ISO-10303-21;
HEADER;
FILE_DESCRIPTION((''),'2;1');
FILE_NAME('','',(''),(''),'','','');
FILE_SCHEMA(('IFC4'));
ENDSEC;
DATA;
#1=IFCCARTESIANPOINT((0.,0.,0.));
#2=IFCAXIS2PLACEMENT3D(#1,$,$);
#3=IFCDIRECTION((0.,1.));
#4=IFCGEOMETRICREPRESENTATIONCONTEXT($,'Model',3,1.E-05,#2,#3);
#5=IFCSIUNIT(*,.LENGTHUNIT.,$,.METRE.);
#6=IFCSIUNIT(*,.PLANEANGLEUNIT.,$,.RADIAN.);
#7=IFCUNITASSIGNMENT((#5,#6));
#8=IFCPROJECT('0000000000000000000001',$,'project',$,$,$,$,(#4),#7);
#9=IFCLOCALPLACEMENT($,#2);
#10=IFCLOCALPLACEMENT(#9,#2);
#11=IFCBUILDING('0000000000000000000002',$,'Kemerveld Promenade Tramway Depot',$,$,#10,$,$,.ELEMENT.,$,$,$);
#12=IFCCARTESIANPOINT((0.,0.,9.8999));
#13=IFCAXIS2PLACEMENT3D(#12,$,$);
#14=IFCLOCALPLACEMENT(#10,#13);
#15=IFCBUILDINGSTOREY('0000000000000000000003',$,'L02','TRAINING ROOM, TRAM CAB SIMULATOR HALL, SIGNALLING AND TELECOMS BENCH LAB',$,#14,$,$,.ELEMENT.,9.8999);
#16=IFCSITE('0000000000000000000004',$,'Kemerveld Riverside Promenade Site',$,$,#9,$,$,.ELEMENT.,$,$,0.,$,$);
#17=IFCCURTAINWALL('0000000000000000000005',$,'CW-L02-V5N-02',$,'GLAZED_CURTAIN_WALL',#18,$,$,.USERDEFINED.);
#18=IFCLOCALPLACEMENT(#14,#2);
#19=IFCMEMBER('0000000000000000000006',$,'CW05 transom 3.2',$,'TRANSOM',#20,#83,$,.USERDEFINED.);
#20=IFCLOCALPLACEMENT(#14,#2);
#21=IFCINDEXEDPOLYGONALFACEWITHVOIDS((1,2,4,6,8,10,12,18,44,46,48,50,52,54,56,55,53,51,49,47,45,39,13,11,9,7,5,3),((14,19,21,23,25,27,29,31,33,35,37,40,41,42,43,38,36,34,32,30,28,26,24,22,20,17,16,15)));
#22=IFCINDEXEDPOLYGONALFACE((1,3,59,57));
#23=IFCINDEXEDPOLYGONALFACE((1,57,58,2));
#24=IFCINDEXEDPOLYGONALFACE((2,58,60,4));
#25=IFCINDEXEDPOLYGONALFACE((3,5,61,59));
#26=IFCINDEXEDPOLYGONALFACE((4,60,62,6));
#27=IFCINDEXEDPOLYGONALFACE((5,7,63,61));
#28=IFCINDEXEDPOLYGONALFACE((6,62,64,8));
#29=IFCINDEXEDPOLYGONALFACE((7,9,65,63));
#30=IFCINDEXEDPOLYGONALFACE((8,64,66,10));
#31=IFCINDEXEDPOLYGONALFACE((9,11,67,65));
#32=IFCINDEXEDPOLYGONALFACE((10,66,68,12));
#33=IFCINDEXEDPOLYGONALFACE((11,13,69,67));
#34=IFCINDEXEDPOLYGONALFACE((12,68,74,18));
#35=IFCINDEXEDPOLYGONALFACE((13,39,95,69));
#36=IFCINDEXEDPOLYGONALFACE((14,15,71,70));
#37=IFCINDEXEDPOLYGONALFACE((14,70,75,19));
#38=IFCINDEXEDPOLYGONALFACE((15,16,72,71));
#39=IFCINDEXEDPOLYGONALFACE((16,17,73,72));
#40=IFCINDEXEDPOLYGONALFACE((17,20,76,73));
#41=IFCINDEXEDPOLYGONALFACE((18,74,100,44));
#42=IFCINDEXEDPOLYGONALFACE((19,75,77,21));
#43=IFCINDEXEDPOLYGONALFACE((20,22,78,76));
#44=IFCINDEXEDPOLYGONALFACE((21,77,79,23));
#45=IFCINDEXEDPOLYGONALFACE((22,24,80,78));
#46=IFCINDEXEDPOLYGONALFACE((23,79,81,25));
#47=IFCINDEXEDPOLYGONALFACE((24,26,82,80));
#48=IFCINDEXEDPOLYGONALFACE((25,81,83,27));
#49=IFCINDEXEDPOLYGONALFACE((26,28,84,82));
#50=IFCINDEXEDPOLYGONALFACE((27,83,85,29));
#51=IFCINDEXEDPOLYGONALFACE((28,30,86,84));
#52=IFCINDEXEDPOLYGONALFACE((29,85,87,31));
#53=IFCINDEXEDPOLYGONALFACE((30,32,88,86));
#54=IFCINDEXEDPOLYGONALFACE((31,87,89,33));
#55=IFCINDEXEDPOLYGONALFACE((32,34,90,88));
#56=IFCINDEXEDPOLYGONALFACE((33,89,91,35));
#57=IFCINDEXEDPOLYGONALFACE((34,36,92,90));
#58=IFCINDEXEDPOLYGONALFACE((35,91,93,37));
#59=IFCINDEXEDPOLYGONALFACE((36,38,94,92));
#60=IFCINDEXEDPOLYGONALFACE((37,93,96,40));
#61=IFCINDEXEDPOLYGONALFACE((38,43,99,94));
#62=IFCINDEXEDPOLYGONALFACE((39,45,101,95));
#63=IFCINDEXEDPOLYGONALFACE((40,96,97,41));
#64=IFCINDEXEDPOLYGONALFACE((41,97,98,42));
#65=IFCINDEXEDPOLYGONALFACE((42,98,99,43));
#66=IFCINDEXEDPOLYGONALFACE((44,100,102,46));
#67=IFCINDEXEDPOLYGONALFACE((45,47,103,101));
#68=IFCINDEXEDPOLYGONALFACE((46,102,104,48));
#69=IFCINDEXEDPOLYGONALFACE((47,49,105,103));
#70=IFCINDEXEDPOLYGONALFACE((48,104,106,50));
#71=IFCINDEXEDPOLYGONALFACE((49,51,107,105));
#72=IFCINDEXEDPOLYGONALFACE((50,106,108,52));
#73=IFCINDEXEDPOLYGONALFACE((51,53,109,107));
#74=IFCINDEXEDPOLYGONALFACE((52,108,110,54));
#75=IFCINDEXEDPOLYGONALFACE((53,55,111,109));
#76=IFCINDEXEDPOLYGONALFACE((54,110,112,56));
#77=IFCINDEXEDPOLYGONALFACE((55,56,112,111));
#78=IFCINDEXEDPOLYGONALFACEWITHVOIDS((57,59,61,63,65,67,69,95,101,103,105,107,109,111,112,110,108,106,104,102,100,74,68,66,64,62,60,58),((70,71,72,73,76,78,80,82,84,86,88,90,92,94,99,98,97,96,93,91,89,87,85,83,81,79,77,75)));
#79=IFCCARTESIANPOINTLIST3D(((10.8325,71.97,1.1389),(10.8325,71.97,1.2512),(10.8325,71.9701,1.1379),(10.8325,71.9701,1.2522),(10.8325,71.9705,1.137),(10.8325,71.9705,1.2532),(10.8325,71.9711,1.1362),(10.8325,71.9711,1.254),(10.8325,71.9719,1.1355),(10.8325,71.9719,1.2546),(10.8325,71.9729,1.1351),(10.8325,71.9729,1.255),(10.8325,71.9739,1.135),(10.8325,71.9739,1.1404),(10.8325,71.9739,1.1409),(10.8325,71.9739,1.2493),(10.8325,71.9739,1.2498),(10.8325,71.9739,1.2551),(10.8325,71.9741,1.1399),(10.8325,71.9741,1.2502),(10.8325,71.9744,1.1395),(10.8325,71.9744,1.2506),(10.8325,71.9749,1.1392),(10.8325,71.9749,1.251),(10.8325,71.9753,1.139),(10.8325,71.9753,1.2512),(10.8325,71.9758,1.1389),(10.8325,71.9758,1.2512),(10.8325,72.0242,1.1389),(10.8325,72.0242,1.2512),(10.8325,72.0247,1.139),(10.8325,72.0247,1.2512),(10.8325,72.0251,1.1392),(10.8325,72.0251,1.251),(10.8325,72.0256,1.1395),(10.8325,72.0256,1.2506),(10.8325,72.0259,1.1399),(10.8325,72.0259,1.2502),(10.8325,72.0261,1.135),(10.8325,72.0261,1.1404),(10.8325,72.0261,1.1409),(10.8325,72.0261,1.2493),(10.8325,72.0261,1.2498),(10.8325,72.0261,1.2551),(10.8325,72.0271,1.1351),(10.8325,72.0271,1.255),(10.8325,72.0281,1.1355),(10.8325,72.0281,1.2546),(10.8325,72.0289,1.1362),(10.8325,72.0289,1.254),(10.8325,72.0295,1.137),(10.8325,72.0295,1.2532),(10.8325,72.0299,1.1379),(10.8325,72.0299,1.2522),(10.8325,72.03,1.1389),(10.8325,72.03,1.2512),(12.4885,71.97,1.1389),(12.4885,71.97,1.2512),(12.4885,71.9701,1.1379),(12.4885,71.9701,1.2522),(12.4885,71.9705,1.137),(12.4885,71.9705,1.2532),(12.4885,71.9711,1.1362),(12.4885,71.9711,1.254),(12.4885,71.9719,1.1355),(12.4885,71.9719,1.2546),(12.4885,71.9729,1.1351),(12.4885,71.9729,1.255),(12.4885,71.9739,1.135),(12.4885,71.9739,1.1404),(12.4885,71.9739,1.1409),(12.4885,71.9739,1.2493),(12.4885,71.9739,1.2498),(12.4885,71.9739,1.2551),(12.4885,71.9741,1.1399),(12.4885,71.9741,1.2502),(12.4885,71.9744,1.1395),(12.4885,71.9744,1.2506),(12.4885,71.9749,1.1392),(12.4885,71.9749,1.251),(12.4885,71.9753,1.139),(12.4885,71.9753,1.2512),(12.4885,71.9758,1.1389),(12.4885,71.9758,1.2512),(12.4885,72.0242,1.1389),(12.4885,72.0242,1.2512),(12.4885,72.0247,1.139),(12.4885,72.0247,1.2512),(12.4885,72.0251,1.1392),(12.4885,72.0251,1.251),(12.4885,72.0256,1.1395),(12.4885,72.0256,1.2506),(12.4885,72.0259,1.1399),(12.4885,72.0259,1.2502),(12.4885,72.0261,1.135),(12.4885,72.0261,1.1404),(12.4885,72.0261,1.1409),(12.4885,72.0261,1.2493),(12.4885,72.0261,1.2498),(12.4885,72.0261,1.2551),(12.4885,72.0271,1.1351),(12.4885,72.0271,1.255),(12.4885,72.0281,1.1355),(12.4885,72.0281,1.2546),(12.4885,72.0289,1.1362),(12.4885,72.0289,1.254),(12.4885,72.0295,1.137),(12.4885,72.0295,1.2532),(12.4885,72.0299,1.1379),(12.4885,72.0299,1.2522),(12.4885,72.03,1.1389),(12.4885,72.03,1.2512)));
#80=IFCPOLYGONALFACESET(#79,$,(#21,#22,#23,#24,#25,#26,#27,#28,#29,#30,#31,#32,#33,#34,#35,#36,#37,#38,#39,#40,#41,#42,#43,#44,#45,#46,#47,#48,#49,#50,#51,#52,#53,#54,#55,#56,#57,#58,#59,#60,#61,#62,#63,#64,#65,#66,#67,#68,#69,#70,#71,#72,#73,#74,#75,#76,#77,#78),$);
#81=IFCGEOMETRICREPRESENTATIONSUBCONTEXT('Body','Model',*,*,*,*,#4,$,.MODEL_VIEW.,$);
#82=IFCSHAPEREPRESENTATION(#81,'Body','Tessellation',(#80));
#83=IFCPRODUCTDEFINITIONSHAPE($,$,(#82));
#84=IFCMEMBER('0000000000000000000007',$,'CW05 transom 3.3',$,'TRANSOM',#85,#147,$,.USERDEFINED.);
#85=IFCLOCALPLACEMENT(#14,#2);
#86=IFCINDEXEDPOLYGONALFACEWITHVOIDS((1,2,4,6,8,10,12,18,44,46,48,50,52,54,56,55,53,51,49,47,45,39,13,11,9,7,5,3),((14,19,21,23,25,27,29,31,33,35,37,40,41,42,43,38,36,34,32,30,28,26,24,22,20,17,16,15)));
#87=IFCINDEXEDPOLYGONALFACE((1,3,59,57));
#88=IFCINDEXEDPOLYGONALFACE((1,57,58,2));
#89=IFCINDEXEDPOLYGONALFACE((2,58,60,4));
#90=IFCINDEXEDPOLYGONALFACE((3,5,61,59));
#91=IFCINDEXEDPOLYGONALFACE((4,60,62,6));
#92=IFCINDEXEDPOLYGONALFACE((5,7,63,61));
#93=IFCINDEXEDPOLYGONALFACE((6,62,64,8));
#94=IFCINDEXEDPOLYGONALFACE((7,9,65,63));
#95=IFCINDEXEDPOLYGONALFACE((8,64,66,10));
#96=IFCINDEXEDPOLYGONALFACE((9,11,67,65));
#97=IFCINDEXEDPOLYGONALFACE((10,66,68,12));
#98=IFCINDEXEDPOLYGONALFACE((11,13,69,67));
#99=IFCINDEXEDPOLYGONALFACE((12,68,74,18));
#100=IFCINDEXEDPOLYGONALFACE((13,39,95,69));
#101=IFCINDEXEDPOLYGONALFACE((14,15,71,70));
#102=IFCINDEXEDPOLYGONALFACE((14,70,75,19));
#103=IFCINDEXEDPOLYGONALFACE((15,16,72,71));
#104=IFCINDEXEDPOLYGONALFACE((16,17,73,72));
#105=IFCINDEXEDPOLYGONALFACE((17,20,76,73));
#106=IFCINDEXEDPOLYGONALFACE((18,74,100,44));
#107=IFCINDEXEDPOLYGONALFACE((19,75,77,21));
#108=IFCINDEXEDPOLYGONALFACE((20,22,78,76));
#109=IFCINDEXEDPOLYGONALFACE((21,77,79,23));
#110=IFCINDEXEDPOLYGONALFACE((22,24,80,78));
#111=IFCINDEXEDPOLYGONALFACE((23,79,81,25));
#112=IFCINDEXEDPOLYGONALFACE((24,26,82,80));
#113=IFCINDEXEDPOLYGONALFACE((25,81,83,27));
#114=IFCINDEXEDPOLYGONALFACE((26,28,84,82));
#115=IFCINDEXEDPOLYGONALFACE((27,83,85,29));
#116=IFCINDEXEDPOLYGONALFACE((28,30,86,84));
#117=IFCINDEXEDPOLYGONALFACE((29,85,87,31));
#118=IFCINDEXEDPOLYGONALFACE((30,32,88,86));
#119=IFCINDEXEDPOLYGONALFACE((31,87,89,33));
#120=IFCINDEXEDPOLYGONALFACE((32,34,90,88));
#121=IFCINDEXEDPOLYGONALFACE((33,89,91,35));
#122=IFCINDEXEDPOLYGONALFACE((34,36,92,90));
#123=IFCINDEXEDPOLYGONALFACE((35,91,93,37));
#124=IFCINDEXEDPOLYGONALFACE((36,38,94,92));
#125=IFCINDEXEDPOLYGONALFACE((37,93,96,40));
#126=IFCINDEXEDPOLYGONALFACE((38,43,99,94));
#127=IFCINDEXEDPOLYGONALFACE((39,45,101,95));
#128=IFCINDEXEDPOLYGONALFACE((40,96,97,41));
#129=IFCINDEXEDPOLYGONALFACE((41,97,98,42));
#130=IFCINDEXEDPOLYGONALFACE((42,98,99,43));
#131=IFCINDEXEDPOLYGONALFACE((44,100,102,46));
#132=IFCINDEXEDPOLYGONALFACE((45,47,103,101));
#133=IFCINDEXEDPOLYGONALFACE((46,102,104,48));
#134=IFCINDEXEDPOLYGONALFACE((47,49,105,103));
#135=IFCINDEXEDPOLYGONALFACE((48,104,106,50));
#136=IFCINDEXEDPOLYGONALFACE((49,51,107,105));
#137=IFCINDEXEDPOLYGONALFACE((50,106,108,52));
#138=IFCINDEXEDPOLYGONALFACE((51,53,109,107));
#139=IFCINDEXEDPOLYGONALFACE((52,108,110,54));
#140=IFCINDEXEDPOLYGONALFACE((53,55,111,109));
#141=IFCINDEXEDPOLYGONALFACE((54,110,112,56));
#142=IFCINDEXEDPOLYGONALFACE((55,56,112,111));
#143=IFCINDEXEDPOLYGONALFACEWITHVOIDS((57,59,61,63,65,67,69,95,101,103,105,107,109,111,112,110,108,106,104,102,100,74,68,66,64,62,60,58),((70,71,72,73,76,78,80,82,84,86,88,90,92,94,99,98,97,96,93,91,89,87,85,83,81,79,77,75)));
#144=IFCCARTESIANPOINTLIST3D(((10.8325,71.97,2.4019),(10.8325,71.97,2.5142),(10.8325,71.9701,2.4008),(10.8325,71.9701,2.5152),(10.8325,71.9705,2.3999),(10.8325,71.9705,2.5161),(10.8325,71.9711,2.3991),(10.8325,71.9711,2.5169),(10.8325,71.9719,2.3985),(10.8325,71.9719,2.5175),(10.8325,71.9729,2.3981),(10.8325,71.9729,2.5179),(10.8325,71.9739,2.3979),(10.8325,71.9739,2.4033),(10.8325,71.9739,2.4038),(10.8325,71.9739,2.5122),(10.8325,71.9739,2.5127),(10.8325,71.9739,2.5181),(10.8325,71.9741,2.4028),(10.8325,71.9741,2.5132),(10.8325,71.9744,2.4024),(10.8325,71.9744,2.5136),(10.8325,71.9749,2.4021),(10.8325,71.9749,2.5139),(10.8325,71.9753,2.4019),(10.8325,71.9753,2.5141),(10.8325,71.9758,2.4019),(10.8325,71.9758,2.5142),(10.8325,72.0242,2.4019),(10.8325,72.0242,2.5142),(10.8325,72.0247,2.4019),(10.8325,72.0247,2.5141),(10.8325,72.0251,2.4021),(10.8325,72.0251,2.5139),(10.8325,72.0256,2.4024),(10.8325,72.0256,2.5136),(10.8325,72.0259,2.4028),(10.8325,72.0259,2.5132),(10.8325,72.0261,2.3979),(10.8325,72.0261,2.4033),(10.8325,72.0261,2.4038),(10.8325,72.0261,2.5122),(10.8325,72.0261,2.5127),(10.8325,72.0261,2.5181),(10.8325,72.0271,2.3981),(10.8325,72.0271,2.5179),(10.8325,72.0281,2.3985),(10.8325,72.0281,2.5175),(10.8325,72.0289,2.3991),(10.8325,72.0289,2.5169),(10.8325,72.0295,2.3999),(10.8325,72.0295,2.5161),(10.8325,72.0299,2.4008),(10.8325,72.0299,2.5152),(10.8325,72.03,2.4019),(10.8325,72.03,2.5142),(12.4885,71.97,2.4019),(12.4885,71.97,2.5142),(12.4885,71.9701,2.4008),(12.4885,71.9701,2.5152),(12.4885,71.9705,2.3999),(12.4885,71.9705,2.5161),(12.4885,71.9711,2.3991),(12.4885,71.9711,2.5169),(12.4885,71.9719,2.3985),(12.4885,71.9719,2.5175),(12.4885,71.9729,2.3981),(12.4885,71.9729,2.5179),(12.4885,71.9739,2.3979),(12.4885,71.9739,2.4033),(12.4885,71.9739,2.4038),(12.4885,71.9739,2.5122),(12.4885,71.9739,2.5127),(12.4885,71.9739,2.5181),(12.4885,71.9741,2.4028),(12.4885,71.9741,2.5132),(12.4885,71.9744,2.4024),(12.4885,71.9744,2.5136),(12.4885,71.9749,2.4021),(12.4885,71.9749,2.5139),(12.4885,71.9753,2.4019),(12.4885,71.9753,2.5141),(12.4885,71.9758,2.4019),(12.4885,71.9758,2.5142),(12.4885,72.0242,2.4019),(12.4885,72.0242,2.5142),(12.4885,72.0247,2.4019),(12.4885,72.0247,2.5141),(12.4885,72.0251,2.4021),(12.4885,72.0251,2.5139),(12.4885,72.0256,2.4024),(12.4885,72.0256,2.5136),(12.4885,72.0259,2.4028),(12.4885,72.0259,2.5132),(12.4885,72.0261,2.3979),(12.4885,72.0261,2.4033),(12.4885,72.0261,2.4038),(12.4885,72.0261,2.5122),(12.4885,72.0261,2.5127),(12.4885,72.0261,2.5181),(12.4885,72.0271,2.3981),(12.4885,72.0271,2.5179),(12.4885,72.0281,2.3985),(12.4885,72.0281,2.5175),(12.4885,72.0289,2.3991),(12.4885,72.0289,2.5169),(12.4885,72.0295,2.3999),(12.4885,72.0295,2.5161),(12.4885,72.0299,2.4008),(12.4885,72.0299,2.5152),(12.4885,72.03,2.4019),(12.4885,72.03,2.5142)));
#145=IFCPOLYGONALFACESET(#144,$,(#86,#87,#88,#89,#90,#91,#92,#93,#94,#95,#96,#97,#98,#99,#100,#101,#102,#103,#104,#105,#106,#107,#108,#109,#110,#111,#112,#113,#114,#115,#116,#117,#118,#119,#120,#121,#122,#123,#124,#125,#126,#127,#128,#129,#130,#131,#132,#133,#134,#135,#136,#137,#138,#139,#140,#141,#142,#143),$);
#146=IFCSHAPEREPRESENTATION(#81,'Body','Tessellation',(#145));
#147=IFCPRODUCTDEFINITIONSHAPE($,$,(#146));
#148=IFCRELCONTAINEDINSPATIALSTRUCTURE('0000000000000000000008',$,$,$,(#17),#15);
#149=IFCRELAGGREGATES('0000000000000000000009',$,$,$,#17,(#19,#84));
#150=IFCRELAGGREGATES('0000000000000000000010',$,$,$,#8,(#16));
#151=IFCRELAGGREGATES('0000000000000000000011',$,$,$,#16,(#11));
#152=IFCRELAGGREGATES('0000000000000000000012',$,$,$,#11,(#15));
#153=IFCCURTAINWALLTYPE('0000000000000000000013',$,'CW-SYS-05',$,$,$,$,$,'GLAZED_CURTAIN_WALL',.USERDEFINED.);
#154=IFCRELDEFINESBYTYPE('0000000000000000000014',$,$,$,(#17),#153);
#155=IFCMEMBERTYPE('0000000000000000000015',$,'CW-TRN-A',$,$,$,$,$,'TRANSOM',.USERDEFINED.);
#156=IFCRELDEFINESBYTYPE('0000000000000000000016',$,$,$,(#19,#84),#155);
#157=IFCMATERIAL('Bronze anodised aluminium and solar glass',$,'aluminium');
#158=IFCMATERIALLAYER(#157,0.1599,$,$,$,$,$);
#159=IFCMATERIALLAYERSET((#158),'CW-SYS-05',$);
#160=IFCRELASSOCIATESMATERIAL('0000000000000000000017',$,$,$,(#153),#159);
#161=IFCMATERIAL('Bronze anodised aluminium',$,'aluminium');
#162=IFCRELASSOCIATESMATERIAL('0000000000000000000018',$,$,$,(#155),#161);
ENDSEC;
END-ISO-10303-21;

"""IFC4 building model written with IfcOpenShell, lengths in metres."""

from ifc_helpers import new_model, si_unit, direction, frame, origin, origin_2d, place, context, subcontext, project, spatial, hollow_rectangle, extrude, material, layer, layer_set, material_profile, profile_set, type_object, element, aggregate, save


model = new_model("IFC4")

# Units and contexts
model_context = context("Model", 3, precision=1e-05, world=origin(), true_north=direction((0.0, 1.0)))
body_context = subcontext(model_context, "Body", "Model", "MODEL_VIEW")
ifc_project = project(units=[si_unit("LENGTHUNIT", "METRE"), si_unit("PLANEANGLEUNIT", "RADIAN")], contexts=[model_context])

# Site, building, storey
site_placement = place(None, origin())
site = spatial("IfcSite", under=ifc_project, at=site_placement, Name="Kemerveld Riverside Promenade Site", CompositionType="ELEMENT", RefElevation=0.0)
building_placement = place(site_placement, origin())
building = spatial("IfcBuilding", under=site, at=building_placement, Name="Kemerveld Promenade Tramway Depot", CompositionType="ELEMENT")
storey_placement = place(building_placement, frame((0.0, 0.0, 9.8999)))
storey = spatial("IfcBuildingStorey", under=building, at=storey_placement, Name="L02", Description="TRAINING ROOM, TRAM CAB SIMULATOR HALL, SIGNALLING AND TELECOMS BENCH LAB", CompositionType="ELEMENT", Elevation=9.8999)

# Curtain wall, members
ifc_material_1 = material(Name="Bronze anodised aluminium and solar glass", Category="aluminium")
ifc_layer_1 = layer(ifc_material_1, 0.1599)
ifc_layer_set_1 = layer_set([ifc_layer_1], Name="CW-SYS-05")
curtain_wall_type = type_object("IfcCurtainWallType", Name="CW-SYS-05", ElementType="GLAZED_CURTAIN_WALL", PredefinedType="USERDEFINED", material=ifc_layer_set_1)
curtain_wall_placement = place(storey_placement, origin())
curtain_wall = element("IfcCurtainWall", 1, at=curtain_wall_placement, inside=storey, type_object=curtain_wall_type, Name="CW-L02-V5N-02", ObjectType="GLAZED_CURTAIN_WALL", PredefinedType="USERDEFINED")
ifc_material_2 = material(Name="Bronze anodised aluminium", Category="aluminium")
ifc_material_profile_1 = material_profile(ifc_material_2, hollow_rectangle(XDim=0.0601, YDim=0.1201, WallThickness=0.0039, InnerFilletRadius=0.002, OuterFilletRadius=0.0039, at=origin_2d()), Name="CW-TRN-120x60")
ifc_profile_set_1 = profile_set([ifc_material_profile_1], Name="Bronze anodised aluminium")
member_type_1 = type_object("IfcMemberType", Name="CW-TRN-A", ElementType="TRANSOM", PredefinedType="USERDEFINED", material=ifc_profile_set_1)
member_1_placement = place(storey_placement, frame((10.8325, 72.0, 1.1951), z_axis=(1.0, 0.0, 0.0), x_axis=(0.0, 1.0, 0.0)))
member_1 = element("IfcMember", 2, at=member_1_placement, type_object=member_type_1, Name="CW05 transom 3.2", ObjectType="TRANSOM", PredefinedType="USERDEFINED", context=body_context, shape_type="SweptSolid", body=[
    extrude(hollow_rectangle(XDim=0.0601, YDim=0.1201, WallThickness=0.0039, InnerFilletRadius=0.002, OuterFilletRadius=0.0039, at=origin_2d()), origin(), (0.0, 0.0, 1.0), 1.656),
])
member_2_placement = place(storey_placement, frame((10.8325, 72.0, 2.458), z_axis=(1.0, 0.0, 0.0), x_axis=(0.0, 1.0, 0.0)))
member_2 = element("IfcMember", 3, at=member_2_placement, type_object=member_type_1, Name="CW05 transom 3.3", ObjectType="TRANSOM", PredefinedType="USERDEFINED", context=body_context, shape_type="SweptSolid", body=[
    extrude(hollow_rectangle(XDim=0.0601, YDim=0.1201, WallThickness=0.0039, InnerFilletRadius=0.002, OuterFilletRadius=0.0039, at=origin_2d()), origin(), (0.0, 0.0, 1.0), 1.656),
])
aggregate(curtain_wall, [member_1, member_2])

save(model, "model.ifc")
